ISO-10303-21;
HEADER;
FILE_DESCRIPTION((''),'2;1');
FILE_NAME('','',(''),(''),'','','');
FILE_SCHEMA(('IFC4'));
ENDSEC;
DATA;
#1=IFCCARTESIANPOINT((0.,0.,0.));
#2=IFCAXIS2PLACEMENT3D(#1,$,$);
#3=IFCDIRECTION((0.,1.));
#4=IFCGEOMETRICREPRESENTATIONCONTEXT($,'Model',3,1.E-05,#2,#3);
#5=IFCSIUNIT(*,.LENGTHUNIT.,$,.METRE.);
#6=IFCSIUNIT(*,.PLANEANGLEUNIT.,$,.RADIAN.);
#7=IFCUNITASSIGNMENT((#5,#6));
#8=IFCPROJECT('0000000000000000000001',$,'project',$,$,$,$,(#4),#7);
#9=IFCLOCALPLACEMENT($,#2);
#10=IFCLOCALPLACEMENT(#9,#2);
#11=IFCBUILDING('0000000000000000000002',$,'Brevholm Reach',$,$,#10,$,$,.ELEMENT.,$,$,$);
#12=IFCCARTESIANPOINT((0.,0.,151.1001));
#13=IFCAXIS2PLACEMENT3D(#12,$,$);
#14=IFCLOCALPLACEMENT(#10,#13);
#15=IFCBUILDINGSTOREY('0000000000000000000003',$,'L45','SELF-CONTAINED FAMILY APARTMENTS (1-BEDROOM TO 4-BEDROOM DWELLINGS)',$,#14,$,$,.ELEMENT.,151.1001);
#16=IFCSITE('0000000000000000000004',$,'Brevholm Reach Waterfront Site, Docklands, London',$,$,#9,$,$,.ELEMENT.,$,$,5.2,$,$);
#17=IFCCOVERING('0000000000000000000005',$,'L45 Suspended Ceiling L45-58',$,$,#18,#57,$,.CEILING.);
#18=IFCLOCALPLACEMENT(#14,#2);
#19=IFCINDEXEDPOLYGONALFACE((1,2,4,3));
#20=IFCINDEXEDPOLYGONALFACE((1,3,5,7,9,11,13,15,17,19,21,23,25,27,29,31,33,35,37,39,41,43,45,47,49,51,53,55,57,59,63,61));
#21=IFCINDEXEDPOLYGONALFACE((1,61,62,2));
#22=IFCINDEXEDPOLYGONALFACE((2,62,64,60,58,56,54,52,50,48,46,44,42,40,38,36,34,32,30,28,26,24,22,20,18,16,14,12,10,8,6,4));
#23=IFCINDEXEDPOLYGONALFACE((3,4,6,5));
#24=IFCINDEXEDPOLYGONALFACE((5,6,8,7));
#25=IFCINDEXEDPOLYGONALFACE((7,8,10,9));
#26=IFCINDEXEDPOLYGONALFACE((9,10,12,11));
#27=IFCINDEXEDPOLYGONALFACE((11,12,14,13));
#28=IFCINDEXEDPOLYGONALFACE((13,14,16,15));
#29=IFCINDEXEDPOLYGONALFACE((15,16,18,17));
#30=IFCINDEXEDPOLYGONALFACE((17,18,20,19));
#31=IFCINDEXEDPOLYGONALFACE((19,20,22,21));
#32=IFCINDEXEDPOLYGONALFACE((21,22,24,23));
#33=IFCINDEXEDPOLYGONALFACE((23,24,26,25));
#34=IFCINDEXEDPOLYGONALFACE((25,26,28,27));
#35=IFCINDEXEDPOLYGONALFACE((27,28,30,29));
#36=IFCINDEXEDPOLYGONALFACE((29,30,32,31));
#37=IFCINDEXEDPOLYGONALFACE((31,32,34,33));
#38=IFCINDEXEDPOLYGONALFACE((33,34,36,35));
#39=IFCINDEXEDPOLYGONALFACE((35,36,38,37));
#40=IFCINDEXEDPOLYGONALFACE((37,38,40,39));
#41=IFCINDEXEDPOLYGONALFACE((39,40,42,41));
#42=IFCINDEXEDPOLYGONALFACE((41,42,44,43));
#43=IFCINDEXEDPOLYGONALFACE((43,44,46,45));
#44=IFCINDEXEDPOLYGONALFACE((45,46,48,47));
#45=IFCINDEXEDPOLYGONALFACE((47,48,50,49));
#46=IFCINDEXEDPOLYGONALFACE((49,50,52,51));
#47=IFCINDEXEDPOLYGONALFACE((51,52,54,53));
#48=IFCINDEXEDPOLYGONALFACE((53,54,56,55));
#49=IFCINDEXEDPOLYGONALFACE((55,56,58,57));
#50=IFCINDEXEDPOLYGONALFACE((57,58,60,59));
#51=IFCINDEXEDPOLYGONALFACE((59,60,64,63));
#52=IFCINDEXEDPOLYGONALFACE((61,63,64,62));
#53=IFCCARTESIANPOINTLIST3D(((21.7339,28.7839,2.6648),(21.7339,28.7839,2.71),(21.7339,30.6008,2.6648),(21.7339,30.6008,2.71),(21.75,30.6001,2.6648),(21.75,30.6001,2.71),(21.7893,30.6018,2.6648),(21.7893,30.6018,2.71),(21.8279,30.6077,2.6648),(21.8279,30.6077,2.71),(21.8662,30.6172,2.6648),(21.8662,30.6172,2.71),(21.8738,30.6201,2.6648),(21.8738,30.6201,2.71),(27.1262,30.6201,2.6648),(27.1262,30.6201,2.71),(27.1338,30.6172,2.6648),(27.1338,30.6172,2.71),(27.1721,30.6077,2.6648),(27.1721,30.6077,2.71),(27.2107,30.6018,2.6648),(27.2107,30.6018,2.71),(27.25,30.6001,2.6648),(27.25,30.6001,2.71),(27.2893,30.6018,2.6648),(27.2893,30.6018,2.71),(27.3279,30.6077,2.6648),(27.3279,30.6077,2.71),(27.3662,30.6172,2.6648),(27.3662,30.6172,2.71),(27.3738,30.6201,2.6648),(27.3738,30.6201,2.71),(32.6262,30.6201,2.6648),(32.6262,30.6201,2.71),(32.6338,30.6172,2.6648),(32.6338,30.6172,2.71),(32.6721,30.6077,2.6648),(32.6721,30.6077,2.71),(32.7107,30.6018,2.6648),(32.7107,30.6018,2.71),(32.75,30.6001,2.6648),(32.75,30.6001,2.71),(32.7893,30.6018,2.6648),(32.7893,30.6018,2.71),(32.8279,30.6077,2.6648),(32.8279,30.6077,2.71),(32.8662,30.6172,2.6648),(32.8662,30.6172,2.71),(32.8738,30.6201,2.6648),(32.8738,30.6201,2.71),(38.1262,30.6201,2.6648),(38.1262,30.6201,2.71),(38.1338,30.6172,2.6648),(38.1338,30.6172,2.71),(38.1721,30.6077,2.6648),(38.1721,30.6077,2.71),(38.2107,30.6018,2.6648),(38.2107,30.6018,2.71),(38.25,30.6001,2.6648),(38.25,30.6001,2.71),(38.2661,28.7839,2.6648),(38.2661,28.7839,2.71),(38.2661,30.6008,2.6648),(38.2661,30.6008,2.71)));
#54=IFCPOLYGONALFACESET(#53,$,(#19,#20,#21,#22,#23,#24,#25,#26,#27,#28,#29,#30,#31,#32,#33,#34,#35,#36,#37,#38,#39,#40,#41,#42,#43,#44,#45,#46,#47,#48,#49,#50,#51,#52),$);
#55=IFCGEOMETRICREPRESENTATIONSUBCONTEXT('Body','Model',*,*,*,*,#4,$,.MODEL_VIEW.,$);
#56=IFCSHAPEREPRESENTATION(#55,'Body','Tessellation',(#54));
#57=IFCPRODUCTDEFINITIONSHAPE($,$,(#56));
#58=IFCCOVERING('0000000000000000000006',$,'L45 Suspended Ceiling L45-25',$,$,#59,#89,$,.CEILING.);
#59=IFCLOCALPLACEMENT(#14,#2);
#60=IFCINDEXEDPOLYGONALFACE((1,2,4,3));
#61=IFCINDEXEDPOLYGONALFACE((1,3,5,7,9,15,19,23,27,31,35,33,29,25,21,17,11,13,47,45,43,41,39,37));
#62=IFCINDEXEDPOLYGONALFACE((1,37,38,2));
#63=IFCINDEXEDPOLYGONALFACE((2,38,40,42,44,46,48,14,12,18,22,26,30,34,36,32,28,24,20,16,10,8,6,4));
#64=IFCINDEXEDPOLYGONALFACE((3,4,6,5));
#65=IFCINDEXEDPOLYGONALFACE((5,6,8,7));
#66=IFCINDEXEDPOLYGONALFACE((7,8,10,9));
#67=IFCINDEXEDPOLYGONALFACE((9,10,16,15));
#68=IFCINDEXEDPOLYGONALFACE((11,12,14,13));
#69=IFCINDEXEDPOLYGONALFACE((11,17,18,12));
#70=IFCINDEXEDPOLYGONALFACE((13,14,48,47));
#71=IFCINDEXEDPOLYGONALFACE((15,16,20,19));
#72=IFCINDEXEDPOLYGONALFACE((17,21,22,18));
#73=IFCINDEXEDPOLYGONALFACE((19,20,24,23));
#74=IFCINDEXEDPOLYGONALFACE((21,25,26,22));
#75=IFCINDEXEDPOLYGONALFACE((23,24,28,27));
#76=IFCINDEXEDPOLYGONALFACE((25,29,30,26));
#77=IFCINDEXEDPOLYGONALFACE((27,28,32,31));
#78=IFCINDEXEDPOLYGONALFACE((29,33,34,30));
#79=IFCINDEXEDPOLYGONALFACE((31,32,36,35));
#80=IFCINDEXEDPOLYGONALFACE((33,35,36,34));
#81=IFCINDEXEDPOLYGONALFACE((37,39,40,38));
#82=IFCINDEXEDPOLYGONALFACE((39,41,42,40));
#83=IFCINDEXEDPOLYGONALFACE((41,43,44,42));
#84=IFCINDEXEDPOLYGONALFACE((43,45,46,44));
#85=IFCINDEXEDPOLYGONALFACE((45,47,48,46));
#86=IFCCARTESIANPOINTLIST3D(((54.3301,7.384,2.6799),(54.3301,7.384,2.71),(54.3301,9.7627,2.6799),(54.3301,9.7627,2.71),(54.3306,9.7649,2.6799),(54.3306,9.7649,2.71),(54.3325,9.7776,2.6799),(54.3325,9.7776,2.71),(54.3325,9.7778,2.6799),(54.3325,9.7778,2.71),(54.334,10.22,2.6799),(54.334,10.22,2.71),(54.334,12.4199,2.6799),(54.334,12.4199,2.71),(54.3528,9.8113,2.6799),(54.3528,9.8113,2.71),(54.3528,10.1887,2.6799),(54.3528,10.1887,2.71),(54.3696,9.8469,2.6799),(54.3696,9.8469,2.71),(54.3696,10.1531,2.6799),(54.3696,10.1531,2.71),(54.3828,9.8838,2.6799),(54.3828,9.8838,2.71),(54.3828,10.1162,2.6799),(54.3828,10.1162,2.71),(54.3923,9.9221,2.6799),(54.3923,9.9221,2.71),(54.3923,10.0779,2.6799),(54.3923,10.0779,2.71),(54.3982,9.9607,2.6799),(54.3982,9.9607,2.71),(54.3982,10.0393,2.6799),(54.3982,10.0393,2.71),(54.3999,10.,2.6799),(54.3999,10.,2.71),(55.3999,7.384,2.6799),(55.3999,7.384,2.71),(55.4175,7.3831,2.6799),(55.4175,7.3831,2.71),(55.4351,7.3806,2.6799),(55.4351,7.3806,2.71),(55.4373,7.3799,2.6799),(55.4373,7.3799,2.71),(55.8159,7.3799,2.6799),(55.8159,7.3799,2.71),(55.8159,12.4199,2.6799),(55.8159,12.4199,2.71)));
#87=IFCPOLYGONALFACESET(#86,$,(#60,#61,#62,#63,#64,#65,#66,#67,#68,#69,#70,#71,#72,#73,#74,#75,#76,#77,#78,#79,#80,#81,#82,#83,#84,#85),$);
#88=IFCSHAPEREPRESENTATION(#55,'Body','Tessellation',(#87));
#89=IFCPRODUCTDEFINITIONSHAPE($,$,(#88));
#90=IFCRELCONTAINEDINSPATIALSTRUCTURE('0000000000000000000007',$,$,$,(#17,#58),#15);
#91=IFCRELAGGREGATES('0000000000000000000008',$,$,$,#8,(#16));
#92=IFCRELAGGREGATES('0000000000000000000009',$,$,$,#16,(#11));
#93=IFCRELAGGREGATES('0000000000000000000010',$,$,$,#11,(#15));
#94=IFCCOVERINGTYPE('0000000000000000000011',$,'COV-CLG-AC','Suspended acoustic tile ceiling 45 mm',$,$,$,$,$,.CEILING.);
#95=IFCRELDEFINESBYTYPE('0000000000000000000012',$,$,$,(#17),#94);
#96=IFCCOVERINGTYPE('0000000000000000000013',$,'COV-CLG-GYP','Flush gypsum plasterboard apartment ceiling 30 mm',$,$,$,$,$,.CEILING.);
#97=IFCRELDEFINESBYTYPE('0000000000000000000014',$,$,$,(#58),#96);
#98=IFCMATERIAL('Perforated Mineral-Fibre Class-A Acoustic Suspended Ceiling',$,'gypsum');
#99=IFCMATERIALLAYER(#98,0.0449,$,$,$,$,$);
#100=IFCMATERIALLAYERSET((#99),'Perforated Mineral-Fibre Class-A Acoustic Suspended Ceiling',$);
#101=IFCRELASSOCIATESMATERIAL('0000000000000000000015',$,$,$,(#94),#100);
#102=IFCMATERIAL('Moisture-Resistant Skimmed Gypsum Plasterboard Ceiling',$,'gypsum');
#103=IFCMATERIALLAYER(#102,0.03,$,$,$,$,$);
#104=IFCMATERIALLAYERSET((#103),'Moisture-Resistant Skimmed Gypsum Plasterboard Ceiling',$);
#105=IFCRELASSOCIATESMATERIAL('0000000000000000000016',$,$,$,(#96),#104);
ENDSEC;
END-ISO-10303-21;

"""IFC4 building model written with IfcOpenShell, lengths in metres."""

from ifc_helpers import new_model, si_unit, direction, frame, origin, place, context, subcontext, project, spatial, polyline, outline, extrude, material, layer, layer_set, type_object, element, save


model = new_model("IFC4")

# Units and contexts
model_context = context("Model", 3, precision=1e-05, world=origin(), true_north=direction((0.0, 1.0)))
body_context = subcontext(model_context, "Body", "Model", "MODEL_VIEW")
ifc_project = project(units=[si_unit("LENGTHUNIT", "METRE"), si_unit("PLANEANGLEUNIT", "RADIAN")], contexts=[model_context])

# Site, building, storey
site_placement = place(None, origin())
site = spatial("IfcSite", under=ifc_project, at=site_placement, Name="Brevholm Reach Waterfront Site, Docklands, London", CompositionType="ELEMENT", RefElevation=5.2)
building_placement = place(site_placement, origin())
building = spatial("IfcBuilding", under=site, at=building_placement, Name="Brevholm Reach", CompositionType="ELEMENT")
storey_placement = place(building_placement, frame((0.0, 0.0, 151.1001)))
storey = spatial("IfcBuildingStorey", under=building, at=storey_placement, Name="L45", Description="SELF-CONTAINED FAMILY APARTMENTS (1-BEDROOM TO 4-BEDROOM DWELLINGS)", CompositionType="ELEMENT", Elevation=151.1001)

# Coverings
ifc_material_1 = material(Name="Perforated Mineral-Fibre Class-A Acoustic Suspended Ceiling", Category="gypsum")
ifc_layer_1 = layer(ifc_material_1, 0.0449)
ifc_layer_set_1 = layer_set([ifc_layer_1], Name="Perforated Mineral-Fibre Class-A Acoustic Suspended Ceiling")
covering_type_1 = type_object("IfcCoveringType", Name="COV-CLG-AC", Description="Suspended acoustic tile ceiling 45 mm", PredefinedType="CEILING", material=ifc_layer_set_1)
covering_1_placement = place(storey_placement, frame((0.0, 0.0, 2.6648)))
element("IfcCovering", 1, at=covering_1_placement, inside=storey, type_object=covering_type_1, Name="L45 Suspended Ceiling L45-58", PredefinedType="CEILING", context=body_context, shape_type="SweptSolid", body=[
    extrude(outline(polyline([(27.1262, 30.6201), (27.1338, 30.6172), (27.1721, 30.6077), (27.2107, 30.6018), (27.25, 30.6001), (27.2893, 30.6018), (27.3279, 30.6077), (27.3662, 30.6172), (27.3738, 30.6201), (32.6262, 30.6201), (32.6338, 30.6172), (32.6721, 30.6077), (32.7107, 30.6018), (32.75, 30.6001), (32.7893, 30.6018), (32.8279, 30.6077), (32.8662, 30.6172), (32.8738, 30.6201), (38.1262, 30.6201), (38.1338, 30.6172), (38.1721, 30.6077), (38.2107, 30.6018), (38.25, 30.6001), (38.2661, 30.6008), (38.2661, 28.7839), (21.7339, 28.7839), (21.7339, 30.6008), (21.75, 30.6001), (21.7893, 30.6018), (21.8279, 30.6077), (21.8662, 30.6172), (21.8738, 30.6201), (27.1262, 30.6201)])), origin(), (0.0, 0.0, 1.0), 0.0452),
])
ifc_material_2 = material(Name="Moisture-Resistant Skimmed Gypsum Plasterboard Ceiling", Category="gypsum")
ifc_layer_2 = layer(ifc_material_2, 0.03)
ifc_layer_set_2 = layer_set([ifc_layer_2], Name="Moisture-Resistant Skimmed Gypsum Plasterboard Ceiling")
covering_type_2 = type_object("IfcCoveringType", Name="COV-CLG-GYP", Description="Flush gypsum plasterboard apartment ceiling 30 mm", PredefinedType="CEILING", material=ifc_layer_set_2)
covering_2_placement = place(storey_placement, frame((0.0, 0.0, 2.6799)))
element("IfcCovering", 2, at=covering_2_placement, inside=storey, type_object=covering_type_2, Name="L45 Suspended Ceiling L45-25", PredefinedType="CEILING", context=body_context, shape_type="SweptSolid", body=[
    extrude(outline(polyline([(54.3301, 9.7627), (54.3306, 9.7649), (54.3325, 9.7776), (54.3325, 9.7778), (54.3528, 9.8113), (54.3696, 9.8469), (54.3828, 9.8838), (54.3923, 9.9221), (54.3982, 9.9607), (54.3999, 10.0), (54.3982, 10.0393), (54.3923, 10.0779), (54.3828, 10.1162), (54.3696, 10.1531), (54.3528, 10.1887), (54.334, 10.22), (54.334, 12.4199), (55.8159, 12.4199), (55.8159, 7.3799), (55.4373, 7.3799), (55.4351, 7.3806), (55.4175, 7.3831), (55.3999, 7.384), (54.3301, 7.384), (54.3301, 9.7627)])), origin(), (0.0, 0.0, 1.0), 0.03),
])

save(model, "model.ifc")
